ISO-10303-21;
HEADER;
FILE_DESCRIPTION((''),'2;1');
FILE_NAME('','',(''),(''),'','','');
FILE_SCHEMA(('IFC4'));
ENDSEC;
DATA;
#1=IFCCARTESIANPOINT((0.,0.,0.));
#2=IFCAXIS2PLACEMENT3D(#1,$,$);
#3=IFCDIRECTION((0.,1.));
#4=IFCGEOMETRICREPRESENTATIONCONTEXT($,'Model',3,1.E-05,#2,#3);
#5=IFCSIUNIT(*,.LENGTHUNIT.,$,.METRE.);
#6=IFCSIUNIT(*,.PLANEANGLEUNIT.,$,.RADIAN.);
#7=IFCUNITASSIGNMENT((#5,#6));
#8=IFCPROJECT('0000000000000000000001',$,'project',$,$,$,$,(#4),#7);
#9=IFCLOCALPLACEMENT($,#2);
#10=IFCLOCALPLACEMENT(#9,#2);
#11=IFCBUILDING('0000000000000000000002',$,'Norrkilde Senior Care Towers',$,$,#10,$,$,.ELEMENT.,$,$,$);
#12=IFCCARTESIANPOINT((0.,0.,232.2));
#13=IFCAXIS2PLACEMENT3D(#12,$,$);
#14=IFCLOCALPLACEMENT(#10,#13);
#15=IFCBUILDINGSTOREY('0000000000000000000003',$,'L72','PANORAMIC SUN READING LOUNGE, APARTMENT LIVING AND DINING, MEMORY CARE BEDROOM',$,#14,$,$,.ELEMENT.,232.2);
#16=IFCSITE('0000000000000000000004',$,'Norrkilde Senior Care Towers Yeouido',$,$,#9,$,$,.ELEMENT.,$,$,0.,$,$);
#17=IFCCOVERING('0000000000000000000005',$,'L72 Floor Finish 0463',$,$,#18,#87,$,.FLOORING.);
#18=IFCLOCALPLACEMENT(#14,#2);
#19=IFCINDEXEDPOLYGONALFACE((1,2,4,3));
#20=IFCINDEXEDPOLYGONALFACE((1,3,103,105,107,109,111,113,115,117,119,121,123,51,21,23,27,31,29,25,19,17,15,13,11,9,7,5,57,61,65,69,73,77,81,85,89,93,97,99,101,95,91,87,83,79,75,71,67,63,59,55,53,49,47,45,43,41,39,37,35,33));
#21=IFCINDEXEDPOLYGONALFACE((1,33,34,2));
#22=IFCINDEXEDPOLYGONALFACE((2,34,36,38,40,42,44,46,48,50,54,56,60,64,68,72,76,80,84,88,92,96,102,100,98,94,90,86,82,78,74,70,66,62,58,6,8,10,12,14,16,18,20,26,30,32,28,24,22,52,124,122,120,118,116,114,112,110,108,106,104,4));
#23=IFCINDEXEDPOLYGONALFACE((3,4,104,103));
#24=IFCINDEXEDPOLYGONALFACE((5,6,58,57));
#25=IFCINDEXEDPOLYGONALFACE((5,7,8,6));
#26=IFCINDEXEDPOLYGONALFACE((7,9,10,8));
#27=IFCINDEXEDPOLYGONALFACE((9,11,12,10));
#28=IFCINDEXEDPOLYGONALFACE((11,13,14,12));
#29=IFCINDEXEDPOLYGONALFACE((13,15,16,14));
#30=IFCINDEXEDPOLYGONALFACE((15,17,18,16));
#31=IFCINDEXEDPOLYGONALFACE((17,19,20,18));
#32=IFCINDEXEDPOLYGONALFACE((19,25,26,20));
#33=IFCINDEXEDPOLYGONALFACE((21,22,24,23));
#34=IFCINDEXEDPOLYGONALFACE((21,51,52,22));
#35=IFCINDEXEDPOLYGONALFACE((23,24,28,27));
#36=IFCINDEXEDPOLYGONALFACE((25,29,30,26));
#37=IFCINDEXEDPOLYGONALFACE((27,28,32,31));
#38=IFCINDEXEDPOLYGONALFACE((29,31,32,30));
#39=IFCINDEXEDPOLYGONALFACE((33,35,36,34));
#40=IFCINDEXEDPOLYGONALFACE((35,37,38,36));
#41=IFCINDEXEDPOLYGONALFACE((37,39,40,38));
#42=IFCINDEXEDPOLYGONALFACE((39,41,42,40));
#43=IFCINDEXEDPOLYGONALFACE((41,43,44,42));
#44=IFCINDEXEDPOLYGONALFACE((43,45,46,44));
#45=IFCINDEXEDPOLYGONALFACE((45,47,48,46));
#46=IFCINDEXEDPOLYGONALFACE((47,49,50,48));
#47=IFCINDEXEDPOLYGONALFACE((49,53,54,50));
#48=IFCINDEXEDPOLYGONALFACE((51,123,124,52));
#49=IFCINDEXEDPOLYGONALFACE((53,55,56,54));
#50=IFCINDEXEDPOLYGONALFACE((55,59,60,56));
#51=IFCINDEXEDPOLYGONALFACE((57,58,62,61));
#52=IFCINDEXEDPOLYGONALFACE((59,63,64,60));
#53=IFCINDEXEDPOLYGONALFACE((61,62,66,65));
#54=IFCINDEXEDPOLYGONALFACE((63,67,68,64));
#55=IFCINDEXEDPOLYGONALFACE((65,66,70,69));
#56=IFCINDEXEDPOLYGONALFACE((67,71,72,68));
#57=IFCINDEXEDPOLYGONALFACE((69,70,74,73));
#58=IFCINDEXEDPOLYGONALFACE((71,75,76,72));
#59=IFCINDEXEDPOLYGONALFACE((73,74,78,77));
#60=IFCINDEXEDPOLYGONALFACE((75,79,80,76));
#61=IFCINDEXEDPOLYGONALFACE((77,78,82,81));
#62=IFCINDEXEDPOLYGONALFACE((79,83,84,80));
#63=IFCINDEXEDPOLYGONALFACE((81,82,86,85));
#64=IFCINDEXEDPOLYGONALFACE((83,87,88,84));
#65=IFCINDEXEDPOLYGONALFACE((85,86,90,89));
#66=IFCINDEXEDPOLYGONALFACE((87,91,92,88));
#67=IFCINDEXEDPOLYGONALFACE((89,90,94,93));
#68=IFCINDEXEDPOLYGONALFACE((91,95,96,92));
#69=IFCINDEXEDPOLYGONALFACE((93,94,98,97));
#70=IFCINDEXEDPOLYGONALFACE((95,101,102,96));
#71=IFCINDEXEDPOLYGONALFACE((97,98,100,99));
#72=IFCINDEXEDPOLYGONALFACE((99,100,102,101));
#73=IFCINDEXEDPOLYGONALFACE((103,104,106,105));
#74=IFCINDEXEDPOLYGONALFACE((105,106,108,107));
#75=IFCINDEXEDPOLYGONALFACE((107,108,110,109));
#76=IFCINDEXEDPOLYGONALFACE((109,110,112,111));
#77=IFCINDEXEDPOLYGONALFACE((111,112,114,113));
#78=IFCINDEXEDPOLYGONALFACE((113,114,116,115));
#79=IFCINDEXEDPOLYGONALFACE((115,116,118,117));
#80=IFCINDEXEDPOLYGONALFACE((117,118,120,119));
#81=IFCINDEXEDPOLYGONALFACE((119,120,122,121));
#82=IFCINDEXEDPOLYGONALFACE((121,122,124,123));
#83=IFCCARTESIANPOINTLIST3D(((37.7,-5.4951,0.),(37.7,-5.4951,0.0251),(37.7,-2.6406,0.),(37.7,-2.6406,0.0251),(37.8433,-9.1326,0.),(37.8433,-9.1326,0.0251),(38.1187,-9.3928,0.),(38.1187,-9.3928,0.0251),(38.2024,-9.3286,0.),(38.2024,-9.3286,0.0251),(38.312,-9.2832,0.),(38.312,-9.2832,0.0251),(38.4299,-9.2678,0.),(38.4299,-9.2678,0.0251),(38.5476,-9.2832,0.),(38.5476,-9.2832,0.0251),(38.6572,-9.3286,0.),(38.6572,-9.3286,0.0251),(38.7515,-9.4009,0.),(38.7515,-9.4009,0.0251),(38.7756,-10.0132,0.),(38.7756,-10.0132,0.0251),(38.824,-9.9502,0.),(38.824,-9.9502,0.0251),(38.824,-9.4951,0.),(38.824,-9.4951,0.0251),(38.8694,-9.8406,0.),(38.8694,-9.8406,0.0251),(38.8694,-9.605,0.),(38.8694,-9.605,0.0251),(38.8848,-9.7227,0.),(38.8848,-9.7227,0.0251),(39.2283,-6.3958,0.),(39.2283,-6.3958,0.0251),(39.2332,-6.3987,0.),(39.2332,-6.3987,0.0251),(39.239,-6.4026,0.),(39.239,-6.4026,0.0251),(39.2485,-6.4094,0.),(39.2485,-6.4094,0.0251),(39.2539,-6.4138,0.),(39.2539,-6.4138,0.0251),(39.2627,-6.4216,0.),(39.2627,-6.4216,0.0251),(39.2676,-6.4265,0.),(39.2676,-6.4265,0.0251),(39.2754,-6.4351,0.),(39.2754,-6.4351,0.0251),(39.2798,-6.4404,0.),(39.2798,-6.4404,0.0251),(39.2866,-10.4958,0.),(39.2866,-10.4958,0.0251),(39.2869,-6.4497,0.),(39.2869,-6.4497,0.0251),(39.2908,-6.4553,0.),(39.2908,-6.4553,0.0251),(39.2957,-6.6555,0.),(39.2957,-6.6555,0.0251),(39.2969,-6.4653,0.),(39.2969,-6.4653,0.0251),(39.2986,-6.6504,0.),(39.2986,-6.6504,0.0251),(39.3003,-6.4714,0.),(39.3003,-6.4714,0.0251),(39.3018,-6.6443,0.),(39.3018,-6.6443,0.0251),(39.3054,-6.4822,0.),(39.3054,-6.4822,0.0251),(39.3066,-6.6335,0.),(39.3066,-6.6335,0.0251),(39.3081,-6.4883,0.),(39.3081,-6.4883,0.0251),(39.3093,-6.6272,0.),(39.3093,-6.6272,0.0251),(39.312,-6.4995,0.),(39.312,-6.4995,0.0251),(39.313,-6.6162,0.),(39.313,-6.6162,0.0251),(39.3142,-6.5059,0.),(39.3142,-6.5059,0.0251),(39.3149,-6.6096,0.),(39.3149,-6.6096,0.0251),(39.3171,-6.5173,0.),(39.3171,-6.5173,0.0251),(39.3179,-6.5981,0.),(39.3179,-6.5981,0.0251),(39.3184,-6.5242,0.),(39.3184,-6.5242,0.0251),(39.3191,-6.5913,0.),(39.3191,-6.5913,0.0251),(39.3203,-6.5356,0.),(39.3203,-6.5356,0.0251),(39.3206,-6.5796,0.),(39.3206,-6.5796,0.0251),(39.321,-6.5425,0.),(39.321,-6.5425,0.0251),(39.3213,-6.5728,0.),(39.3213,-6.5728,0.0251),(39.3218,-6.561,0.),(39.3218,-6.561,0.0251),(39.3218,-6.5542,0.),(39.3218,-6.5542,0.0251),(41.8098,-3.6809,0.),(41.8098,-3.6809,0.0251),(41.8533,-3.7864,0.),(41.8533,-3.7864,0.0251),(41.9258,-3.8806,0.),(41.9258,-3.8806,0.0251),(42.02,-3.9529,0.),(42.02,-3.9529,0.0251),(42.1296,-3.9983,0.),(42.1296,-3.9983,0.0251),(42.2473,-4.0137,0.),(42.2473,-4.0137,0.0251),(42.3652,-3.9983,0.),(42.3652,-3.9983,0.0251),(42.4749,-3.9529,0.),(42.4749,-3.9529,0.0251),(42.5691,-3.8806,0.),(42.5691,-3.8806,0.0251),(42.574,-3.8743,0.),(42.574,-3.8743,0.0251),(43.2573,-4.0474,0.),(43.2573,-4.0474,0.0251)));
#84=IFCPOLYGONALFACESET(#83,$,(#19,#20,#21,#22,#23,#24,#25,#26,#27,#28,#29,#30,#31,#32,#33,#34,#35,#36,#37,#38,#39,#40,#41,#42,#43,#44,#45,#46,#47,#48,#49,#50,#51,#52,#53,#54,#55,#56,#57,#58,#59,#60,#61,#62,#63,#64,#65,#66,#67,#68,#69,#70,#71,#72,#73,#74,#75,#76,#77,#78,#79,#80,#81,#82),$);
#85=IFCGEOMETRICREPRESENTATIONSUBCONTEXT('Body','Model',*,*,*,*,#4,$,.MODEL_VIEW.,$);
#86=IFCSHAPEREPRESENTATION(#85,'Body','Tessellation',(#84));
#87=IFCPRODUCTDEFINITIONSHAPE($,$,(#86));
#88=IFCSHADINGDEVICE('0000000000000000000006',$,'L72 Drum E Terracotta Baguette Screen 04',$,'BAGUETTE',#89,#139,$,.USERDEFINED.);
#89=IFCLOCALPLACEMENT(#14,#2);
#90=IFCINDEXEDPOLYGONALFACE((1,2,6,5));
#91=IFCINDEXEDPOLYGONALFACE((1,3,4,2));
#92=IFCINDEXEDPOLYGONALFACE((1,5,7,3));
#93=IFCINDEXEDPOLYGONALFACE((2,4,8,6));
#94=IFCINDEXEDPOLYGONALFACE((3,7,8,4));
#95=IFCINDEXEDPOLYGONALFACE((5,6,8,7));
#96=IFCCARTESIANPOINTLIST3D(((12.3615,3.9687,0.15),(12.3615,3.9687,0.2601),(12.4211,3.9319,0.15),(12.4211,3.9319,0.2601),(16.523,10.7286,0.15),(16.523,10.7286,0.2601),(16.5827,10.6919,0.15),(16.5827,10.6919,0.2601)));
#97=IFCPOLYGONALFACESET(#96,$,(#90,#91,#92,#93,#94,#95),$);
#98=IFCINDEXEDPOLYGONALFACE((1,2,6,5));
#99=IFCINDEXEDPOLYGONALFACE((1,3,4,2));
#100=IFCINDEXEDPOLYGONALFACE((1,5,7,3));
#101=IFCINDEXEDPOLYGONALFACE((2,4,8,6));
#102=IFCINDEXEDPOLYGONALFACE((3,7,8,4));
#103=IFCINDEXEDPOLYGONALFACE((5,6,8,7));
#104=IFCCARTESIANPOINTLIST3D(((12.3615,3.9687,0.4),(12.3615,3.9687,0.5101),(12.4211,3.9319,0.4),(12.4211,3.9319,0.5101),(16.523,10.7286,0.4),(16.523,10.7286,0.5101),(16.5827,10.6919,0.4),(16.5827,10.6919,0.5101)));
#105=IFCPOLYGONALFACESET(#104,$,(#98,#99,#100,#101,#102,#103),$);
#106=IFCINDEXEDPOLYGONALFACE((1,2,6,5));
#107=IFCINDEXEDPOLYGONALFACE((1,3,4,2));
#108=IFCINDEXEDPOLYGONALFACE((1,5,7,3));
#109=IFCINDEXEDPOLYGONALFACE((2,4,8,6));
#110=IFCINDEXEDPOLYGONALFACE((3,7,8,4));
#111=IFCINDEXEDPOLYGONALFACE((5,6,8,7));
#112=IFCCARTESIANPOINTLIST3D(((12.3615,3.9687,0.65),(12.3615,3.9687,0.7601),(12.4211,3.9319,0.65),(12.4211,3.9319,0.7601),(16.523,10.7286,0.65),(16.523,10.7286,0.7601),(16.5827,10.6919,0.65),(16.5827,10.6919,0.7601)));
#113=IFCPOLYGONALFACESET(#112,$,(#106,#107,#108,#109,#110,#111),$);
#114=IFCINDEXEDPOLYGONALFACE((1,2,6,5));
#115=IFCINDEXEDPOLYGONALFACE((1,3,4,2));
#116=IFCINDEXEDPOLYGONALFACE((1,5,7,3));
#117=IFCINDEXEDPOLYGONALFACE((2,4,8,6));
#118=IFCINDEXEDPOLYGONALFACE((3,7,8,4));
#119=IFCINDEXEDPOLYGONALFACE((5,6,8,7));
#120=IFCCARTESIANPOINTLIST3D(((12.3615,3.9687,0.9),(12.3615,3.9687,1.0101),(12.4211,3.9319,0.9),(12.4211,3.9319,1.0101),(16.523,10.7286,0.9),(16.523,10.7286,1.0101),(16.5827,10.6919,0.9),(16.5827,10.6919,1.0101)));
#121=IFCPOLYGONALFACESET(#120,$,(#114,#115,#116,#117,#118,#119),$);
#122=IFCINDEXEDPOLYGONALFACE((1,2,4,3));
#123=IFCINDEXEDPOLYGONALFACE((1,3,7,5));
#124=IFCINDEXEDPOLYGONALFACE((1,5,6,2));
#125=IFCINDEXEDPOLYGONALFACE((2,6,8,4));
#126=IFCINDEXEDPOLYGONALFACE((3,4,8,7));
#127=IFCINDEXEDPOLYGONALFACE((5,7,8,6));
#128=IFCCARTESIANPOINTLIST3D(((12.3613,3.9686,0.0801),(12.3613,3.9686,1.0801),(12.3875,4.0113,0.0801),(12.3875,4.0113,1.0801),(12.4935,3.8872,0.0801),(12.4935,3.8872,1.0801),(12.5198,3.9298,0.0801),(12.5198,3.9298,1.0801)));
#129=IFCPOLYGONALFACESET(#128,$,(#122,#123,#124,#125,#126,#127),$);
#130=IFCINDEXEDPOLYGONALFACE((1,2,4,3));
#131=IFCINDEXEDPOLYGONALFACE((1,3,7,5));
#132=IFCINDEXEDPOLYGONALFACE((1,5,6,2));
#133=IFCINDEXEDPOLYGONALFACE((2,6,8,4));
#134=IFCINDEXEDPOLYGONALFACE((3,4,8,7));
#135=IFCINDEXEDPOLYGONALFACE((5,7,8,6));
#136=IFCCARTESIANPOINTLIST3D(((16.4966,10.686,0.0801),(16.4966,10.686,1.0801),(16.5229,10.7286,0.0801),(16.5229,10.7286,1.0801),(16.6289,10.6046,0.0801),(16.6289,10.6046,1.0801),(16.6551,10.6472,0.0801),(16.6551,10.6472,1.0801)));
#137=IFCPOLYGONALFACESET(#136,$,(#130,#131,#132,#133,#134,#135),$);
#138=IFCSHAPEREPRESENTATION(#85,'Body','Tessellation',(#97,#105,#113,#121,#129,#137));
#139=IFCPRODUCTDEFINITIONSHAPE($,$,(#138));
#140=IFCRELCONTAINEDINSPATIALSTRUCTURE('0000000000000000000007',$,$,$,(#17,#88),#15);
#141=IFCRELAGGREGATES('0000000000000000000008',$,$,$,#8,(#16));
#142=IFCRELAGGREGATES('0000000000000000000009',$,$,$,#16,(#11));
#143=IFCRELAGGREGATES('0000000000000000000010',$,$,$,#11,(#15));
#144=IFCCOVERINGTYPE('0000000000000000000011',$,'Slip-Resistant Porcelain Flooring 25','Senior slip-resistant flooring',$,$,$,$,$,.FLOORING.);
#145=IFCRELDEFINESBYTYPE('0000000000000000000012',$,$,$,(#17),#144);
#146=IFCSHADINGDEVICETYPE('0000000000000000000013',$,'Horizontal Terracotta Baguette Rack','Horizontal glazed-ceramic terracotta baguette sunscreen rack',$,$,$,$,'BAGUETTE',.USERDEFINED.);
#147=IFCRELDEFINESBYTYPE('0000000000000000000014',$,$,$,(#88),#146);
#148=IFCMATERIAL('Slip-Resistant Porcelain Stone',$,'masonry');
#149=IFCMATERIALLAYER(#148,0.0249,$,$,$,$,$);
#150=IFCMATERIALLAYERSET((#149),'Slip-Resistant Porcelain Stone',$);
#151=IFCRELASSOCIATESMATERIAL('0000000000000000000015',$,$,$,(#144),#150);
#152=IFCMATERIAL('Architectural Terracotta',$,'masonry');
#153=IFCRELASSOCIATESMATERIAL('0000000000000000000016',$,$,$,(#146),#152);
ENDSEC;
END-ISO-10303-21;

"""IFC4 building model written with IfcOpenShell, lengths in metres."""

from ifc_helpers import new_model, si_unit, direction, frame, origin, origin_2d, place, context, subcontext, project, spatial, polyline, rectangle, outline, extrude, source, transform, mapped, material, layer, layer_set, type_object, type_shapes, element, save


model = new_model("IFC4")

# Units and contexts
model_context = context("Model", 3, precision=1e-05, world=origin(), true_north=direction((0.0, 1.0)))
body_context = subcontext(model_context, "Body", "Model", "MODEL_VIEW")
ifc_project = project(units=[si_unit("LENGTHUNIT", "METRE"), si_unit("PLANEANGLEUNIT", "RADIAN")], contexts=[model_context])

# Site, building, storey
site_placement = place(None, origin())
site = spatial("IfcSite", under=ifc_project, at=site_placement, Name="Norrkilde Senior Care Towers Yeouido", CompositionType="ELEMENT", RefElevation=0.0)
building_placement = place(site_placement, origin())
building = spatial("IfcBuilding", under=site, at=building_placement, Name="Norrkilde Senior Care Towers", CompositionType="ELEMENT")
storey_placement = place(building_placement, frame((0.0, 0.0, 232.2)))
storey = spatial("IfcBuildingStorey", under=building, at=storey_placement, Name="L72", Description="PANORAMIC SUN READING LOUNGE, APARTMENT LIVING AND DINING, MEMORY CARE BEDROOM", CompositionType="ELEMENT", Elevation=232.2)

# Covering
ifc_material_1 = material(Name="Slip-Resistant Porcelain Stone", Category="masonry")
ifc_layer_1 = layer(ifc_material_1, 0.0249)
ifc_layer_set_1 = layer_set([ifc_layer_1], Name="Slip-Resistant Porcelain Stone")
covering_type_1 = type_object("IfcCoveringType", Name="Slip-Resistant Porcelain Flooring 25", Description="Senior slip-resistant flooring", PredefinedType="FLOORING", material=ifc_layer_set_1)
covering_1_placement = place(storey_placement, origin())
element("IfcCovering", 1, at=covering_1_placement, inside=storey, type_object=covering_type_1, Name="L72 Floor Finish 0463", PredefinedType="FLOORING", context=body_context, shape_type="SweptSolid", body=[
    extrude(outline(polyline([(39.3018, -6.6443), (39.3066, -6.6335), (39.3093, -6.6272), (39.313, -6.6162), (39.3149, -6.6096), (39.3179, -6.5981), (39.3191, -6.5913), (39.3206, -6.5796), (39.3213, -6.5728), (39.3218, -6.561), (39.3218, -6.5542), (39.321, -6.5425), (39.3203, -6.5356), (39.3184, -6.5242), (39.3171, -6.5173), (39.3142, -6.5059), (39.312, -6.4995), (39.3081, -6.4883), (39.3054, -6.4822), (39.3003, -6.4714), (39.2969, -6.4653), (39.2908, -6.4553), (39.2869, -6.4497), (39.2798, -6.4404), (39.2754, -6.4351), (39.2676, -6.4265), (39.2627, -6.4216), (39.2539, -6.4138), (39.2485, -6.4094), (39.239, -6.4026), (39.2332, -6.3987), (39.2283, -6.3958), (37.7, -5.4951), (37.7, -2.6406), (41.8098, -3.6809), (41.8533, -3.7864), (41.9258, -3.8806), (42.02, -3.9529), (42.1296, -3.9983), (42.2473, -4.0137), (42.3652, -3.9983), (42.4749, -3.9529), (42.5691, -3.8806), (42.574, -3.8743), (43.2573, -4.0474), (39.2866, -10.4958), (38.7756, -10.0132), (38.824, -9.9502), (38.8694, -9.8406), (38.8848, -9.7227), (38.8694, -9.605), (38.824, -9.4951), (38.7515, -9.4009), (38.6572, -9.3286), (38.5476, -9.2832), (38.4299, -9.2678), (38.312, -9.2832), (38.2024, -9.3286), (38.1187, -9.3928), (37.8433, -9.1326), (39.2957, -6.6555), (39.2986, -6.6504), (39.3018, -6.6443)])), origin(), (0.0, 0.0, 1.0), 0.0251),
])

# Shading device
ifc_material_2 = material(Name="Architectural Terracotta", Category="masonry")
shading_device_type = type_object("IfcShadingDeviceType", Name="Horizontal Terracotta Baguette Rack", Description="Horizontal glazed-ceramic terracotta baguette sunscreen rack", ElementType="BAGUETTE", PredefinedType="USERDEFINED", material=ifc_material_2)
shared_shape_1 = source(origin(), body_context, "Body", "SweptSolid", [
    extrude(rectangle(XDim=0.0701, YDim=0.1101, at=origin_2d()), frame((0.0, 0.0901, 0.125), z_axis=(1.0, 0.0, 0.0), x_axis=(0.0, 1.0, 0.0)), (0.0, 0.0, 1.0), 7.9382),
    extrude(rectangle(XDim=0.0701, YDim=0.1101, at=origin_2d()), frame((0.0, 0.0901, 0.375), z_axis=(1.0, 0.0, 0.0), x_axis=(0.0, 1.0, 0.0)), (0.0, 0.0, 1.0), 7.9382),
    extrude(rectangle(XDim=0.0701, YDim=0.1101, at=origin_2d()), frame((0.0, 0.0901, 0.625), z_axis=(1.0, 0.0, 0.0), x_axis=(0.0, 1.0, 0.0)), (0.0, 0.0, 1.0), 7.9382),
    extrude(rectangle(XDim=0.0701, YDim=0.1101, at=origin_2d()), frame((0.0, 0.0901, 0.875), z_axis=(1.0, 0.0, 0.0), x_axis=(0.0, 1.0, 0.0)), (0.0, 0.0, 1.0), 7.9382),
    extrude(rectangle(XDim=0.05, YDim=0.1553, at=origin_2d()), frame((0.0249, 0.0476, 0.0)), (0.0, 0.0, 1.0), 1.0),
    extrude(rectangle(XDim=0.05, YDim=0.1553, at=origin_2d()), frame((7.9131, 0.0476, 0.0)), (0.0, 0.0, 1.0), 1.0),
])
type_shapes(shading_device_type, [shared_shape_1])
shading_device_placement = place(storey_placement, frame((12.468, 3.9031, 0.0801), z_axis=(0.0, 0.0, 1.0), x_axis=(0.52425, 0.851576, 0.0)))
element("IfcShadingDevice", 2, at=shading_device_placement, inside=storey, type_object=shading_device_type, Name="L72 Drum E Terracotta Baguette Screen 04", ObjectType="BAGUETTE", PredefinedType="USERDEFINED", context=body_context, shape_type="MappedRepresentation", body=[
    mapped(shared_shape_1, transform((0.0, 0.0, 0.0), x_axis=(1.0, 0.0, 0.0), y_axis=(0.0, 1.0, 0.0), z_axis=(0.0, 0.0, 1.0), scale=1.0)),
])

save(model, "model.ifc")
